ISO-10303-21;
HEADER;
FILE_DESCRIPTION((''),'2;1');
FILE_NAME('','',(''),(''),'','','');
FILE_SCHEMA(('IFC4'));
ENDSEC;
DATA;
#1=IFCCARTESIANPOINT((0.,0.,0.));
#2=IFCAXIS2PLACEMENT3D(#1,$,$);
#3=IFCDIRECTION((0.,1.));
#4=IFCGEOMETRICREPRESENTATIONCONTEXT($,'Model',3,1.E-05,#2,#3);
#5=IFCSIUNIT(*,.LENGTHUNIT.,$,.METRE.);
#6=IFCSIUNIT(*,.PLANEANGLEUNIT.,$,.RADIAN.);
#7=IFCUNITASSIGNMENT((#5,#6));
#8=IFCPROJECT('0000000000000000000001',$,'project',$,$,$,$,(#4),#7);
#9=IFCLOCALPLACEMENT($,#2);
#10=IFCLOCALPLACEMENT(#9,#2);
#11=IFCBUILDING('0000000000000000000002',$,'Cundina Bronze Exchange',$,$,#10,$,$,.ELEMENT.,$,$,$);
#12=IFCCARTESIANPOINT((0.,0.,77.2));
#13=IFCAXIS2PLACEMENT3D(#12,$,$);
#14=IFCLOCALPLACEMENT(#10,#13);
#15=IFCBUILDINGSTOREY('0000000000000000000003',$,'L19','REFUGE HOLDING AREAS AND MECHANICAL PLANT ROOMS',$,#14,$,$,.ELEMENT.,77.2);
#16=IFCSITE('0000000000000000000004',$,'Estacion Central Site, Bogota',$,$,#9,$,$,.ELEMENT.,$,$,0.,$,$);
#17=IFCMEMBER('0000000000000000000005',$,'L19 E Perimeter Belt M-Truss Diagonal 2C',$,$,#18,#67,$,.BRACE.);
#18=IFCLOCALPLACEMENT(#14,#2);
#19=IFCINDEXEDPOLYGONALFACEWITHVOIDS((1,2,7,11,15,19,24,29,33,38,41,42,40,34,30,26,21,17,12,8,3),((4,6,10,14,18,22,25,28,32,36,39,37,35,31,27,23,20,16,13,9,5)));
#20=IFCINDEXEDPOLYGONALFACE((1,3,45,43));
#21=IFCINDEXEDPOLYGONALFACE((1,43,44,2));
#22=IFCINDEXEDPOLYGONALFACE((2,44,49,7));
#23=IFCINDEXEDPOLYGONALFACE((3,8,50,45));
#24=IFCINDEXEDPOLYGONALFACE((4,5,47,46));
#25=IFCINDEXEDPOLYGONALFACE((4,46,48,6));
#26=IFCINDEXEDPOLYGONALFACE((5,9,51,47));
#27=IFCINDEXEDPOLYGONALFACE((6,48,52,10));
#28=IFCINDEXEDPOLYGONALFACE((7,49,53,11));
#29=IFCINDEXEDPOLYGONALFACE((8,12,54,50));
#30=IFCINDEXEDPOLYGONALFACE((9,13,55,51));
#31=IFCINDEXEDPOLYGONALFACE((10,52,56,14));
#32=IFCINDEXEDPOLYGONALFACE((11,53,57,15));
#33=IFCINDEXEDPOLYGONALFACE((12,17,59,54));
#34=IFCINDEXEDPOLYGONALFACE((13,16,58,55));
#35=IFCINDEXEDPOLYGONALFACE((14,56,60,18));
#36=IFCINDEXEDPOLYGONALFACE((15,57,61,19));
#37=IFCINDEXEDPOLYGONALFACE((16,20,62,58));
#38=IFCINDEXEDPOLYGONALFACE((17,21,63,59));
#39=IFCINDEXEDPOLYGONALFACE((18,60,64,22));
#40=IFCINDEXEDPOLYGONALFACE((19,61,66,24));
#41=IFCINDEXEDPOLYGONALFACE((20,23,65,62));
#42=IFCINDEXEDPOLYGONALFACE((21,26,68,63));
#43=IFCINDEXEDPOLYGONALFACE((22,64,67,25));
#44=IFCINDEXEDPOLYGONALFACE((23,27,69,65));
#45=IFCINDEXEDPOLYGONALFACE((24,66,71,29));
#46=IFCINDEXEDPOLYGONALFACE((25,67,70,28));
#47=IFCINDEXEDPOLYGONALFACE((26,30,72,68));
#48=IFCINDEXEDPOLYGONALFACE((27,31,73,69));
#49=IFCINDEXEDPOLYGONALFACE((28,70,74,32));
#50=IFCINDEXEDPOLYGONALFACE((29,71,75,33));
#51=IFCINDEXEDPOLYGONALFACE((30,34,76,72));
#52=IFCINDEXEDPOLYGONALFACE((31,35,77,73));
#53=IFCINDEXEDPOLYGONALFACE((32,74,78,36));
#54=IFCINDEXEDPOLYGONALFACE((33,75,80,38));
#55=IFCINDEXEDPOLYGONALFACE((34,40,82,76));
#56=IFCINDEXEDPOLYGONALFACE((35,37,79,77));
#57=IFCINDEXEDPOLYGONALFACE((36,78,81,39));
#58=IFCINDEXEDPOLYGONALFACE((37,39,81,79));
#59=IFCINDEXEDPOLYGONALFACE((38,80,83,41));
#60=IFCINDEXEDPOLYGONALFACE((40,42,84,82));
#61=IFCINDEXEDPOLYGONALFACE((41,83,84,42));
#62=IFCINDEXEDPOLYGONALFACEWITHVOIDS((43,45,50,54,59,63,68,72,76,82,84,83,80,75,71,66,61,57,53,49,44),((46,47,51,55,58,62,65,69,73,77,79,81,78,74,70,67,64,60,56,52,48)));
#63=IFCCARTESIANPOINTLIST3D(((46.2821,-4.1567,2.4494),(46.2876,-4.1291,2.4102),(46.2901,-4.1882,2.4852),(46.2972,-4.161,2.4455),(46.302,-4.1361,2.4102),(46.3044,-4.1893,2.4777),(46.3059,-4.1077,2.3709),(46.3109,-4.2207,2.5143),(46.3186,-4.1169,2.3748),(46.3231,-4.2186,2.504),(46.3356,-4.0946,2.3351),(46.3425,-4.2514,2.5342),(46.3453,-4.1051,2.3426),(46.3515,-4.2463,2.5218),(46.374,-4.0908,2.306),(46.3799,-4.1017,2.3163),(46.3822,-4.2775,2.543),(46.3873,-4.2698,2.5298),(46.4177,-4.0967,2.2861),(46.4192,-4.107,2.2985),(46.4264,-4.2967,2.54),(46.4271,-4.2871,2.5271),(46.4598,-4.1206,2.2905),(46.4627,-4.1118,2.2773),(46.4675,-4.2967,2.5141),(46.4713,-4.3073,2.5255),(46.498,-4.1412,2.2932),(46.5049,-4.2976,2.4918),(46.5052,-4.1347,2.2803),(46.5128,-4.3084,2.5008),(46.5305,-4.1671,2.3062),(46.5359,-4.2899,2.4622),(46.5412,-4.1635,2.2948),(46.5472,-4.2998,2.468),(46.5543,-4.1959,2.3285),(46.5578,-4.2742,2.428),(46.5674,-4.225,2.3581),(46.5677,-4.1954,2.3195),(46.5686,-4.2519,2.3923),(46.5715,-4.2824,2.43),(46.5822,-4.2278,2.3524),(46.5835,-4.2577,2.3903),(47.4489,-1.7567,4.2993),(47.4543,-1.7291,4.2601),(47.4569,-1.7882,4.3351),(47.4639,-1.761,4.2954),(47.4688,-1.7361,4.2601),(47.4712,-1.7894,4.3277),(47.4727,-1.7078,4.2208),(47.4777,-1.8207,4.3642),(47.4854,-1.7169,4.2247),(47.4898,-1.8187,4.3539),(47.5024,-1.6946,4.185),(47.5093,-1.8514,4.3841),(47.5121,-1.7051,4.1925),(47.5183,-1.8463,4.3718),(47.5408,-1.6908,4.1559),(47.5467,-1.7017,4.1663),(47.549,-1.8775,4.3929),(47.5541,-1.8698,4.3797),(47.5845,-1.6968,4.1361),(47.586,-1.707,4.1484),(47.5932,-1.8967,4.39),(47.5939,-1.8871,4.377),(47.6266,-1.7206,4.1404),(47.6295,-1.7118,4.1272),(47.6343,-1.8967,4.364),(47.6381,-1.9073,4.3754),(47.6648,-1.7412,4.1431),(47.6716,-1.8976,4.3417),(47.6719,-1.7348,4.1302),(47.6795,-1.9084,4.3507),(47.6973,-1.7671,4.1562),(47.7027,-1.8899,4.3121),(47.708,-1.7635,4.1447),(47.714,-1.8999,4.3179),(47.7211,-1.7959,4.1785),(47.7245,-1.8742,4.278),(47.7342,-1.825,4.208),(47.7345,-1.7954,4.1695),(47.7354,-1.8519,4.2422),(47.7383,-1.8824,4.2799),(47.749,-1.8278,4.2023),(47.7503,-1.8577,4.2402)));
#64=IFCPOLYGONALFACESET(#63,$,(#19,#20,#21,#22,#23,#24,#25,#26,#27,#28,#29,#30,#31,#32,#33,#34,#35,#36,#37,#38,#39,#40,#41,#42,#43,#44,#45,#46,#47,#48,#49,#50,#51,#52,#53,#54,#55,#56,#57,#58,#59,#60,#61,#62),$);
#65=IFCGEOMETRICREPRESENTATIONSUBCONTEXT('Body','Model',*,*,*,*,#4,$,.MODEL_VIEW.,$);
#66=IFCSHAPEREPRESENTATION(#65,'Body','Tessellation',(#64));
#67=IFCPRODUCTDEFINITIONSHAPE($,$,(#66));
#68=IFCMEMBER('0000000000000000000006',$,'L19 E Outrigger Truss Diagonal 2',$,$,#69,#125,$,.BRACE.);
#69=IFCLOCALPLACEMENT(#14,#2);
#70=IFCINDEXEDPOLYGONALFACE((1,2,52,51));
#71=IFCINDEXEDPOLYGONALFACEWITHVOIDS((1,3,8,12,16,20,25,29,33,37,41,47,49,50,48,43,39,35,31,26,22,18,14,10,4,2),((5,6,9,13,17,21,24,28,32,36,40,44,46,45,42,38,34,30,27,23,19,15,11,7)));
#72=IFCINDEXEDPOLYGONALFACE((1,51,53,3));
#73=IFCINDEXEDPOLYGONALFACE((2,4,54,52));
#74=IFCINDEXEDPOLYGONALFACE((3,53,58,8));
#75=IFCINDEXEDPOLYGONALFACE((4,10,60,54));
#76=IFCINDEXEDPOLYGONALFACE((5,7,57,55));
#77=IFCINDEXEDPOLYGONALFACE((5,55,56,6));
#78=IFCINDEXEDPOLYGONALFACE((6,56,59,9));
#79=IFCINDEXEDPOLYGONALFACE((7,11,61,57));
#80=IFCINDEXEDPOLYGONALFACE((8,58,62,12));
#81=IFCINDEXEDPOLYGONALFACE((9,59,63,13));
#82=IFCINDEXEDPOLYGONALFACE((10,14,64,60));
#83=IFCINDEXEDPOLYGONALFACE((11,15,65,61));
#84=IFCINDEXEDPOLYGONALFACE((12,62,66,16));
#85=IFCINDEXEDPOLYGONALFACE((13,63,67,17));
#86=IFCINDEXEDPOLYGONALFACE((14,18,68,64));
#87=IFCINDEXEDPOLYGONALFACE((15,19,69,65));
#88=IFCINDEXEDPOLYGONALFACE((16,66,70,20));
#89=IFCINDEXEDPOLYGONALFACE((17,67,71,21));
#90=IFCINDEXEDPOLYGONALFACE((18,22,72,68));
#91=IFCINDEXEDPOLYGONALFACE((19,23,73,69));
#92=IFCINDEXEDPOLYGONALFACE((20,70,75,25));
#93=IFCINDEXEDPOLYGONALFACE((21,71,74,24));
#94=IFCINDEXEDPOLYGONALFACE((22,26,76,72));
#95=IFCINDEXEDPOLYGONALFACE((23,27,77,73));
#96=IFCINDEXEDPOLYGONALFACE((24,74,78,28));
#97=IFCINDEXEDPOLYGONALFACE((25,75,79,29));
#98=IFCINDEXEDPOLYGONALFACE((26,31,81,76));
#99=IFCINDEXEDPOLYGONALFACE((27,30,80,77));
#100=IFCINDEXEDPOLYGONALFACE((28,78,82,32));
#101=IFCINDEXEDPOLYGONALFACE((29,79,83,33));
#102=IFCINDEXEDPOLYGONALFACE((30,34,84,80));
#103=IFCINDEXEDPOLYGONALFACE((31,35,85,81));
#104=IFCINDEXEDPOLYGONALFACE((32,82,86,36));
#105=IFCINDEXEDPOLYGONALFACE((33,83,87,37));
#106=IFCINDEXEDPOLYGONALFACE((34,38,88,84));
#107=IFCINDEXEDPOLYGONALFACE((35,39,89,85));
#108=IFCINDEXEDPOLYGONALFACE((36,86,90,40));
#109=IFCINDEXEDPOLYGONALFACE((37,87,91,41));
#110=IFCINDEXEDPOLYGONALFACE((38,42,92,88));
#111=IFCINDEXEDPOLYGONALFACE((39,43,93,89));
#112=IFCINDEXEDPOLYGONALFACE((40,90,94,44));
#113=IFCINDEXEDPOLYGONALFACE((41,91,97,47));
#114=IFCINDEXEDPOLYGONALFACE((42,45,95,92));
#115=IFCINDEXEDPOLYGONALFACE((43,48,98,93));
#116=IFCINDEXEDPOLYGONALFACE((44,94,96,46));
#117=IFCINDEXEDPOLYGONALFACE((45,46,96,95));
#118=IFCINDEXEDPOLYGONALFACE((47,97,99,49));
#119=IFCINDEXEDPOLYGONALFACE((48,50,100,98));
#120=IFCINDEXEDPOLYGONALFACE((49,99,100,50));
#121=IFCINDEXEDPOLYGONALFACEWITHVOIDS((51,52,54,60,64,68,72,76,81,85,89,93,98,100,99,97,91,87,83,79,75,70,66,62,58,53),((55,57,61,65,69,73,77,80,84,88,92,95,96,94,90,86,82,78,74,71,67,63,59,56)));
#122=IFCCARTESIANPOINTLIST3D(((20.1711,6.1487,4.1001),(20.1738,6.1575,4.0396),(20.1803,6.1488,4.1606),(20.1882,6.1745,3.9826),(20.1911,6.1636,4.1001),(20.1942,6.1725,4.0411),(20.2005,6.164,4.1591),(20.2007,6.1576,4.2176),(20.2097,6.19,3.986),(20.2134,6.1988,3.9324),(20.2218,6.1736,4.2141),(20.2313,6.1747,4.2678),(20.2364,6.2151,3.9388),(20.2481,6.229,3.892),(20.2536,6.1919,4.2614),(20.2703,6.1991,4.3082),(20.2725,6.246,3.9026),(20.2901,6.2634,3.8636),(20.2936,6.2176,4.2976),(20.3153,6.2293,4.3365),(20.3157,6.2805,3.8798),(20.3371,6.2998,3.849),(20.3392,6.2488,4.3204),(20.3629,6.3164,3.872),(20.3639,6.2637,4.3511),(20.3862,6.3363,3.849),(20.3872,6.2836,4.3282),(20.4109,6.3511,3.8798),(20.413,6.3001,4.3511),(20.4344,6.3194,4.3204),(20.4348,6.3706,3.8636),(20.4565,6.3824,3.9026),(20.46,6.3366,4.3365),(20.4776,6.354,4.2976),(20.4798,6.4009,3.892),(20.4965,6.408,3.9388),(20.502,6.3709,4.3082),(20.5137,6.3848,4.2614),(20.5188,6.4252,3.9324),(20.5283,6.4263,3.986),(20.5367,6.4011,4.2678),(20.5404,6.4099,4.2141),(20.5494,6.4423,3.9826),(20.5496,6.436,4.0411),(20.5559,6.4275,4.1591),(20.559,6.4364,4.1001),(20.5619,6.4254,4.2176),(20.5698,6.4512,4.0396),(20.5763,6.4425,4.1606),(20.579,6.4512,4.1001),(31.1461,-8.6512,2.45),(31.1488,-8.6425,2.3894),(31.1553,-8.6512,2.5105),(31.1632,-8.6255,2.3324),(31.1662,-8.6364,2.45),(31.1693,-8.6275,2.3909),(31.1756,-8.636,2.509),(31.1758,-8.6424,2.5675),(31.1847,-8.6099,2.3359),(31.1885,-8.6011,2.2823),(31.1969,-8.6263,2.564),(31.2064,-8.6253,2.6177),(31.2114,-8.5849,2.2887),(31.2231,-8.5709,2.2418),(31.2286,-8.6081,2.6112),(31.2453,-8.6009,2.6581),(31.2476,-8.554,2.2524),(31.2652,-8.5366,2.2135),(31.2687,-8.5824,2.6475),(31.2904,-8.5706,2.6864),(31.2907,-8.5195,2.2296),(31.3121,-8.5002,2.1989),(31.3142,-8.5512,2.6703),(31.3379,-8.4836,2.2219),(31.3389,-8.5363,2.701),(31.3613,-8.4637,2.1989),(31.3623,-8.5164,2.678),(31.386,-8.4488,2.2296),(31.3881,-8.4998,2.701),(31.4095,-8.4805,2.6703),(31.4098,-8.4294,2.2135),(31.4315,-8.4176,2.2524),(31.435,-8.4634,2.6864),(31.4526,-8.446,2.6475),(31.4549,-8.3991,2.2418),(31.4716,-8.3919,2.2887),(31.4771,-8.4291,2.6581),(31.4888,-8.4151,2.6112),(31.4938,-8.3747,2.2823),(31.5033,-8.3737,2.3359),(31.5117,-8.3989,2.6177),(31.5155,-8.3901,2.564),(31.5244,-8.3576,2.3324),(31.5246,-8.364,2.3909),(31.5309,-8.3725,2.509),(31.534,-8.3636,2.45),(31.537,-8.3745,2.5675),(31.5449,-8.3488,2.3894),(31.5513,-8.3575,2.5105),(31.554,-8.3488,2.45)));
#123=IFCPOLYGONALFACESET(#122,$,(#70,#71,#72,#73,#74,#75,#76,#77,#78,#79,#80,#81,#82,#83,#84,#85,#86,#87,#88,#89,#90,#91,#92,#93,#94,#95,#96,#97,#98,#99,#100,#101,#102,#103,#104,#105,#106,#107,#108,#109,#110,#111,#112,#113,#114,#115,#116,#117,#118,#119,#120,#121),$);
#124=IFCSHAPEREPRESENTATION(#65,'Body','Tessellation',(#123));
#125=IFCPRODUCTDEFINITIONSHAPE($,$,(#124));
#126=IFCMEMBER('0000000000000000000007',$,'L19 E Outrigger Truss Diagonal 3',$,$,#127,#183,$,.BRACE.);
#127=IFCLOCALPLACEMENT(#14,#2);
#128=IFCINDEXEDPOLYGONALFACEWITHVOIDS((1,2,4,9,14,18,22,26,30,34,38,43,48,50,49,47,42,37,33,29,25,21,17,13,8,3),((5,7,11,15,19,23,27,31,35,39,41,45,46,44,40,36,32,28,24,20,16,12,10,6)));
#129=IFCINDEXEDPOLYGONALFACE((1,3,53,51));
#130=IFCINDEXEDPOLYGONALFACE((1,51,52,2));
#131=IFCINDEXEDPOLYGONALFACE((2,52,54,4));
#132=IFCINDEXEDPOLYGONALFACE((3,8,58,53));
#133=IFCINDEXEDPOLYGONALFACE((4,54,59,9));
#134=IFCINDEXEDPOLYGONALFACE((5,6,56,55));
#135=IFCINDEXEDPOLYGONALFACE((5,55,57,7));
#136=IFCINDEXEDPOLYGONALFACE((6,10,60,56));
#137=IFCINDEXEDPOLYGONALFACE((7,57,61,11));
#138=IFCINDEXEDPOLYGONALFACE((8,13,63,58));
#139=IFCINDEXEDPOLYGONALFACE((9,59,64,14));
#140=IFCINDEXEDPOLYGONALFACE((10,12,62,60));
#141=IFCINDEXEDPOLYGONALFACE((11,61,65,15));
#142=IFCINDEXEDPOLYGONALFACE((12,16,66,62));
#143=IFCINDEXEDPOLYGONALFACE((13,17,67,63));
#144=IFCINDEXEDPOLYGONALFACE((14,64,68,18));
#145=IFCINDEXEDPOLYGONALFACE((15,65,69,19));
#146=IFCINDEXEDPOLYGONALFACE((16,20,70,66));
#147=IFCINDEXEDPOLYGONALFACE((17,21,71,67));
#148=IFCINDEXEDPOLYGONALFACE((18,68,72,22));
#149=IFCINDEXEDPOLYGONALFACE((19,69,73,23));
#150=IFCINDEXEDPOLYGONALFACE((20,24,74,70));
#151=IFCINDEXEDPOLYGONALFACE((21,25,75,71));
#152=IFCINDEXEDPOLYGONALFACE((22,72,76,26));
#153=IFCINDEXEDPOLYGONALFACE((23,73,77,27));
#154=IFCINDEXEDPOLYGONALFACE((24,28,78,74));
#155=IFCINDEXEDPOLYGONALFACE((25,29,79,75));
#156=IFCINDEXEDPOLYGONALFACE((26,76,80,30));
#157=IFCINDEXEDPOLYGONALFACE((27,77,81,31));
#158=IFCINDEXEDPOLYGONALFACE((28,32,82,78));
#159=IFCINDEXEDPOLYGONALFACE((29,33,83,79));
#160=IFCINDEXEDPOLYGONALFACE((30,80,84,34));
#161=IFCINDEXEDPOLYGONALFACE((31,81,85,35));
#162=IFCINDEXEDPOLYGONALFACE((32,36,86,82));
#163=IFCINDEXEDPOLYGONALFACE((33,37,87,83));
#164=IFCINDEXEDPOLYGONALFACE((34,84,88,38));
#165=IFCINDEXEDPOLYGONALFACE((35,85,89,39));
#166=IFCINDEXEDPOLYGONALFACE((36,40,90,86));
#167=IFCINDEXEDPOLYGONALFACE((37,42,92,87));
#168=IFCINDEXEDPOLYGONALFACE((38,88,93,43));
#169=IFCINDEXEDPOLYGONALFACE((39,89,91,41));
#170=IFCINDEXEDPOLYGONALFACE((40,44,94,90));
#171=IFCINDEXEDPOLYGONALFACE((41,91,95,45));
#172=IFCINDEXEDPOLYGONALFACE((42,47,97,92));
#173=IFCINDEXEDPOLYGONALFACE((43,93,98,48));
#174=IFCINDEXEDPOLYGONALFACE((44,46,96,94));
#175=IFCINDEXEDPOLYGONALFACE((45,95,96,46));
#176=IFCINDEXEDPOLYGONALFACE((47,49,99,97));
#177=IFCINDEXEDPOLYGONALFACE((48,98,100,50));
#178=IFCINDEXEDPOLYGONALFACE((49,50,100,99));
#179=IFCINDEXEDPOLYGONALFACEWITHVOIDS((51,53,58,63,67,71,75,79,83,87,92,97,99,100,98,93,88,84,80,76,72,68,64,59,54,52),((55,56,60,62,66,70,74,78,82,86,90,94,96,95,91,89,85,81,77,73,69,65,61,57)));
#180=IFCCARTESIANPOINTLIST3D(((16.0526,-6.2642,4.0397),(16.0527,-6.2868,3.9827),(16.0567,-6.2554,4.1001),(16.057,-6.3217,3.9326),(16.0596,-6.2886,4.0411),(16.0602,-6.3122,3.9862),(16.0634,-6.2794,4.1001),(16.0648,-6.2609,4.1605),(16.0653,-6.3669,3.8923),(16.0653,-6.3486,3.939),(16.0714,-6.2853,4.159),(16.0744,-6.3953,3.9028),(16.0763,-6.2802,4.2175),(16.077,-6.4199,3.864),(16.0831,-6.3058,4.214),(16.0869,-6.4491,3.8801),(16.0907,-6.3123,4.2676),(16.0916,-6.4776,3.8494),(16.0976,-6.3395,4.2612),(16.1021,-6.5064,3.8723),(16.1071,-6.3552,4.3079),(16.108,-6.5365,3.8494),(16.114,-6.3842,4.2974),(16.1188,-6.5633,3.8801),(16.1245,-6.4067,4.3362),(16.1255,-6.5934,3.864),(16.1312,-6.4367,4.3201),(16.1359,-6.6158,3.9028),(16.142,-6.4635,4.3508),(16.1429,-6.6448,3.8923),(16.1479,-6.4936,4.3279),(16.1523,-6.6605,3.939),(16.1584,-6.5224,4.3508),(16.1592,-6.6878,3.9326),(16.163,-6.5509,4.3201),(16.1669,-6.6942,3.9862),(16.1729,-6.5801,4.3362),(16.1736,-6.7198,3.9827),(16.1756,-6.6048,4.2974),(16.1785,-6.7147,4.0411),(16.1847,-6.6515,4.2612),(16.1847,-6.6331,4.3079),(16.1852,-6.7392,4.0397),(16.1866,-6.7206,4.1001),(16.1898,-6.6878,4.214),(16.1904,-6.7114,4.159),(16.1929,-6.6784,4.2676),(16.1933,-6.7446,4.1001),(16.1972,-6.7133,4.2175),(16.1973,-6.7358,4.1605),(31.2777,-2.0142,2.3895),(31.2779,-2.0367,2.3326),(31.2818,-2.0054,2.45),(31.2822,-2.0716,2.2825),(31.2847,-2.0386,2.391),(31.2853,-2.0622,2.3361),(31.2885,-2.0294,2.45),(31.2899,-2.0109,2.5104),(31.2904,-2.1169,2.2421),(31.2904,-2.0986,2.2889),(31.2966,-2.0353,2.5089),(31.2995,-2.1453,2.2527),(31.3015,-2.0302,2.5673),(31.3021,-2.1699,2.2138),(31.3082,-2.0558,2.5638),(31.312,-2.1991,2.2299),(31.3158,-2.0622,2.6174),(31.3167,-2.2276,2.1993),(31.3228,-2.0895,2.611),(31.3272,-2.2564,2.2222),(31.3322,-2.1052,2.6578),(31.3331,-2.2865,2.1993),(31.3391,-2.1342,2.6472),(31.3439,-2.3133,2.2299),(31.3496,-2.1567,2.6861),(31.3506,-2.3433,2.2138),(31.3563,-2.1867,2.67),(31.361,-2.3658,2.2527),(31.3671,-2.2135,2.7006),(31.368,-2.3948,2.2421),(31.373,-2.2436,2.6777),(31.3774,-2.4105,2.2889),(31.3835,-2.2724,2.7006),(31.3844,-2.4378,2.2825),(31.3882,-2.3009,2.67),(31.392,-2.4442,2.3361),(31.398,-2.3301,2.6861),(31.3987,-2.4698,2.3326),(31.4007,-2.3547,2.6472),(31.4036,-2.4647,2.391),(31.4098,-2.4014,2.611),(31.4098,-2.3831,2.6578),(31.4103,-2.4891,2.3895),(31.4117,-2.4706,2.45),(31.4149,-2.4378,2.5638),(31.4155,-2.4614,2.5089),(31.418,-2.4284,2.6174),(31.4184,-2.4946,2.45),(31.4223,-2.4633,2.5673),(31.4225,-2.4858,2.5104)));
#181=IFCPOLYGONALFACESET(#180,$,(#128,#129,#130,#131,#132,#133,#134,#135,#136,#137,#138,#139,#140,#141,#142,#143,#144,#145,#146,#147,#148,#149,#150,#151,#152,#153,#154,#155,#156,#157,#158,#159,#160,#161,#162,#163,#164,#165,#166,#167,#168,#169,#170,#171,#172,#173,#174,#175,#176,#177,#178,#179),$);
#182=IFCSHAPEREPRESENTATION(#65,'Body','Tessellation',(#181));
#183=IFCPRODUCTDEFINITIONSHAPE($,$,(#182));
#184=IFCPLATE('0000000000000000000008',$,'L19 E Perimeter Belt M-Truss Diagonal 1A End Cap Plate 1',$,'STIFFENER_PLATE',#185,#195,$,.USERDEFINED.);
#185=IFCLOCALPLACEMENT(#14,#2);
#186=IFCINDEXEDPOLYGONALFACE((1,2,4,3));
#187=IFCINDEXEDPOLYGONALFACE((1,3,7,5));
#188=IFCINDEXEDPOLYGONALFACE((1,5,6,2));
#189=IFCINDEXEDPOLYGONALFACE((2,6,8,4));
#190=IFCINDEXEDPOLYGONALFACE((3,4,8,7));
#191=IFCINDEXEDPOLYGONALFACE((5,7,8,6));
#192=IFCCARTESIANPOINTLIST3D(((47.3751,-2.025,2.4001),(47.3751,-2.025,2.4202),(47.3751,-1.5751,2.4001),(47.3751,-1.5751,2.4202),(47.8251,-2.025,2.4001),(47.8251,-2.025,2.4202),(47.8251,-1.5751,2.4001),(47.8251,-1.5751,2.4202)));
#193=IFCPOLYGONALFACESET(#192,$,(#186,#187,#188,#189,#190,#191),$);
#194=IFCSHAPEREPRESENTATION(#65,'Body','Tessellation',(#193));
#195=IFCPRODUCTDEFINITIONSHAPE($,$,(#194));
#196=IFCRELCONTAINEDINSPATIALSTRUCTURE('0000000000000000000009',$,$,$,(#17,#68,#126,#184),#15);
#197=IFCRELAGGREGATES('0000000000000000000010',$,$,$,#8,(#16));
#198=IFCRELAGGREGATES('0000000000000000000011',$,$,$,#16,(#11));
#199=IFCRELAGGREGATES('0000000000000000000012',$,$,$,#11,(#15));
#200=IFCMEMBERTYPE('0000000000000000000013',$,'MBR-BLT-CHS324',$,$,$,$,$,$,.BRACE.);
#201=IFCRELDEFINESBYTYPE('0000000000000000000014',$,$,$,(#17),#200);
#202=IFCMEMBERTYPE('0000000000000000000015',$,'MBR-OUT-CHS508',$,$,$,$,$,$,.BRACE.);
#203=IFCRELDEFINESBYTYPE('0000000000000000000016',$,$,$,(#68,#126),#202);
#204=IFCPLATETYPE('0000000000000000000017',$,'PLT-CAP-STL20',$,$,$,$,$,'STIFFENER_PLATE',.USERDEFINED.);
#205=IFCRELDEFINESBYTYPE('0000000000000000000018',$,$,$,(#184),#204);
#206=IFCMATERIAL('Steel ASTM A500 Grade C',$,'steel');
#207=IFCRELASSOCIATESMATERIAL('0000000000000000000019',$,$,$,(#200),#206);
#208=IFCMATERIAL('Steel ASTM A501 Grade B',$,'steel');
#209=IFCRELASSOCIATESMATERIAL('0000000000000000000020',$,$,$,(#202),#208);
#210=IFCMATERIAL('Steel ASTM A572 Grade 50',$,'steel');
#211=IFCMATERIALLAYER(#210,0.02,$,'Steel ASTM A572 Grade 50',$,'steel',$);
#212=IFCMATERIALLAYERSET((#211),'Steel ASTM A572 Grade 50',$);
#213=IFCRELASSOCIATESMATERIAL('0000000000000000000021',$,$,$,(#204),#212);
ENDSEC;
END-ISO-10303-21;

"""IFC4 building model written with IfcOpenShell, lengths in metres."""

from ifc_helpers import new_model, si_unit, direction, frame, origin, origin_2d, place, context, subcontext, project, spatial, rectangle, hollow_circle, extrude, material, layer, layer_set, material_profile, profile_set, type_object, element, save


model = new_model("IFC4")

# Units and contexts
model_context = context("Model", 3, precision=1e-05, world=origin(), true_north=direction((0.0, 1.0)))
body_context = subcontext(model_context, "Body", "Model", "MODEL_VIEW")
ifc_project = project(units=[si_unit("LENGTHUNIT", "METRE"), si_unit("PLANEANGLEUNIT", "RADIAN")], contexts=[model_context])

# Site, building, storey
site_placement = place(None, origin())
site = spatial("IfcSite", under=ifc_project, at=site_placement, Name="Estacion Central Site, Bogota", CompositionType="ELEMENT", RefElevation=0.0)
building_placement = place(site_placement, origin())
building = spatial("IfcBuilding", under=site, at=building_placement, Name="Cundina Bronze Exchange", CompositionType="ELEMENT")
storey_placement = place(building_placement, frame((0.0, 0.0, 77.2)))
storey = spatial("IfcBuildingStorey", under=building, at=storey_placement, Name="L19", Description="REFUGE HOLDING AREAS AND MECHANICAL PLANT ROOMS", CompositionType="ELEMENT", Elevation=77.2)

# Members
ifc_material_1 = material(Name="Steel ASTM A500 Grade C", Category="steel")
ifc_material_profile_1 = material_profile(ifc_material_1, hollow_circle(Radius=0.1621, WallThickness=0.0161, at=origin_2d()), Name="CHS324X16", Category="steel")
ifc_profile_set_1 = profile_set([ifc_material_profile_1], Name="Steel ASTM A500 Grade C")
member_type_1 = type_object("IfcMemberType", Name="MBR-BLT-CHS324", PredefinedType="BRACE", material=ifc_profile_set_1)
for number, where, z_axis, x_axis, name in (
    (1, (46.4333, -4.2, 2.4102), (0.359335, 0.739121, 0.569717), (-0.899349, 0.437232, 0.0), "L19 E Perimeter Belt M-Truss Diagonal 2C"),
):
    element("IfcMember", number, at=place(storey_placement, frame(where, z_axis=z_axis, x_axis=x_axis)), inside=storey, type_object=member_type_1, Name=name, PredefinedType="BRACE", context=body_context, shape_type="SweptSolid", body=[
        extrude(hollow_circle(Radius=0.1621, WallThickness=0.0161, at=origin_2d()), origin(), (0.0, 0.0, 1.0), 3.2471),
    ])
ifc_material_2 = material(Name="Steel ASTM A501 Grade B", Category="steel")
ifc_material_profile_2 = material_profile(ifc_material_2, hollow_circle(Radius=0.2539, WallThickness=0.0249, at=origin_2d()), Name="CHS508X25", Category="steel")
ifc_profile_set_2 = profile_set([ifc_material_profile_2], Name="Steel ASTM A501 Grade B")
member_type_2 = type_object("IfcMemberType", Name="MBR-OUT-CHS508", PredefinedType="BRACE", material=ifc_profile_set_2)
member_1_placement = place(storey_placement, frame((31.3501, -8.5, 2.45), z_axis=(-0.593277, 0.800041, 0.089201), x_axis=(-0.803243, -0.595651, 0.0)))
element("IfcMember", 2, at=member_1_placement, inside=storey, type_object=member_type_2, Name="L19 E Outrigger Truss Diagonal 2", PredefinedType="BRACE", context=body_context, shape_type="SweptSolid", body=[
    extrude(hollow_circle(Radius=0.2539, WallThickness=0.0249, at=origin_2d()), origin(), (0.0, 0.0, 1.0), 18.499),
])
member_2_placement = place(storey_placement, frame((31.3501, -2.25, 2.45), z_axis=(-0.957972, -0.267412, 0.103828), x_axis=(0.268866, -0.963178, 0.0)))
element("IfcMember", 3, at=member_2_placement, inside=storey, type_object=member_type_2, Name="L19 E Outrigger Truss Diagonal 3", PredefinedType="BRACE", context=body_context, shape_type="SweptSolid", body=[
    extrude(hollow_circle(Radius=0.2539, WallThickness=0.0249, at=origin_2d()), origin(), (0.0, 0.0, 1.0), 15.8931),
])

# Plate
ifc_material_3 = material(Name="Steel ASTM A572 Grade 50", Category="steel")
ifc_layer_1 = layer(ifc_material_3, 0.02, Name="Steel ASTM A572 Grade 50", Category="steel")
ifc_layer_set_1 = layer_set([ifc_layer_1], Name="Steel ASTM A572 Grade 50")
plate_type_1 = type_object("IfcPlateType", Name="PLT-CAP-STL20", ElementType="STIFFENER_PLATE", PredefinedType="USERDEFINED", material=ifc_layer_set_1)
for number, where, z_axis, x_axis, name in (
    (4, (47.6001, -1.8, 2.4001), (0.0, 0.0, 1.0), (1.0, 0.0, 0.0), "L19 E Perimeter Belt M-Truss Diagonal 1A End Cap Plate 1"),
):
    element("IfcPlate", number, at=place(storey_placement, frame(where, z_axis=z_axis, x_axis=x_axis)), inside=storey, type_object=plate_type_1, Name=name, ObjectType="STIFFENER_PLATE", PredefinedType="USERDEFINED", context=body_context, shape_type="SweptSolid", body=[
        extrude(rectangle(XDim=0.45, YDim=0.45, at=origin_2d()), origin(), (0.0, 0.0, 1.0), 0.02),
    ])

save(model, "model.ifc")
